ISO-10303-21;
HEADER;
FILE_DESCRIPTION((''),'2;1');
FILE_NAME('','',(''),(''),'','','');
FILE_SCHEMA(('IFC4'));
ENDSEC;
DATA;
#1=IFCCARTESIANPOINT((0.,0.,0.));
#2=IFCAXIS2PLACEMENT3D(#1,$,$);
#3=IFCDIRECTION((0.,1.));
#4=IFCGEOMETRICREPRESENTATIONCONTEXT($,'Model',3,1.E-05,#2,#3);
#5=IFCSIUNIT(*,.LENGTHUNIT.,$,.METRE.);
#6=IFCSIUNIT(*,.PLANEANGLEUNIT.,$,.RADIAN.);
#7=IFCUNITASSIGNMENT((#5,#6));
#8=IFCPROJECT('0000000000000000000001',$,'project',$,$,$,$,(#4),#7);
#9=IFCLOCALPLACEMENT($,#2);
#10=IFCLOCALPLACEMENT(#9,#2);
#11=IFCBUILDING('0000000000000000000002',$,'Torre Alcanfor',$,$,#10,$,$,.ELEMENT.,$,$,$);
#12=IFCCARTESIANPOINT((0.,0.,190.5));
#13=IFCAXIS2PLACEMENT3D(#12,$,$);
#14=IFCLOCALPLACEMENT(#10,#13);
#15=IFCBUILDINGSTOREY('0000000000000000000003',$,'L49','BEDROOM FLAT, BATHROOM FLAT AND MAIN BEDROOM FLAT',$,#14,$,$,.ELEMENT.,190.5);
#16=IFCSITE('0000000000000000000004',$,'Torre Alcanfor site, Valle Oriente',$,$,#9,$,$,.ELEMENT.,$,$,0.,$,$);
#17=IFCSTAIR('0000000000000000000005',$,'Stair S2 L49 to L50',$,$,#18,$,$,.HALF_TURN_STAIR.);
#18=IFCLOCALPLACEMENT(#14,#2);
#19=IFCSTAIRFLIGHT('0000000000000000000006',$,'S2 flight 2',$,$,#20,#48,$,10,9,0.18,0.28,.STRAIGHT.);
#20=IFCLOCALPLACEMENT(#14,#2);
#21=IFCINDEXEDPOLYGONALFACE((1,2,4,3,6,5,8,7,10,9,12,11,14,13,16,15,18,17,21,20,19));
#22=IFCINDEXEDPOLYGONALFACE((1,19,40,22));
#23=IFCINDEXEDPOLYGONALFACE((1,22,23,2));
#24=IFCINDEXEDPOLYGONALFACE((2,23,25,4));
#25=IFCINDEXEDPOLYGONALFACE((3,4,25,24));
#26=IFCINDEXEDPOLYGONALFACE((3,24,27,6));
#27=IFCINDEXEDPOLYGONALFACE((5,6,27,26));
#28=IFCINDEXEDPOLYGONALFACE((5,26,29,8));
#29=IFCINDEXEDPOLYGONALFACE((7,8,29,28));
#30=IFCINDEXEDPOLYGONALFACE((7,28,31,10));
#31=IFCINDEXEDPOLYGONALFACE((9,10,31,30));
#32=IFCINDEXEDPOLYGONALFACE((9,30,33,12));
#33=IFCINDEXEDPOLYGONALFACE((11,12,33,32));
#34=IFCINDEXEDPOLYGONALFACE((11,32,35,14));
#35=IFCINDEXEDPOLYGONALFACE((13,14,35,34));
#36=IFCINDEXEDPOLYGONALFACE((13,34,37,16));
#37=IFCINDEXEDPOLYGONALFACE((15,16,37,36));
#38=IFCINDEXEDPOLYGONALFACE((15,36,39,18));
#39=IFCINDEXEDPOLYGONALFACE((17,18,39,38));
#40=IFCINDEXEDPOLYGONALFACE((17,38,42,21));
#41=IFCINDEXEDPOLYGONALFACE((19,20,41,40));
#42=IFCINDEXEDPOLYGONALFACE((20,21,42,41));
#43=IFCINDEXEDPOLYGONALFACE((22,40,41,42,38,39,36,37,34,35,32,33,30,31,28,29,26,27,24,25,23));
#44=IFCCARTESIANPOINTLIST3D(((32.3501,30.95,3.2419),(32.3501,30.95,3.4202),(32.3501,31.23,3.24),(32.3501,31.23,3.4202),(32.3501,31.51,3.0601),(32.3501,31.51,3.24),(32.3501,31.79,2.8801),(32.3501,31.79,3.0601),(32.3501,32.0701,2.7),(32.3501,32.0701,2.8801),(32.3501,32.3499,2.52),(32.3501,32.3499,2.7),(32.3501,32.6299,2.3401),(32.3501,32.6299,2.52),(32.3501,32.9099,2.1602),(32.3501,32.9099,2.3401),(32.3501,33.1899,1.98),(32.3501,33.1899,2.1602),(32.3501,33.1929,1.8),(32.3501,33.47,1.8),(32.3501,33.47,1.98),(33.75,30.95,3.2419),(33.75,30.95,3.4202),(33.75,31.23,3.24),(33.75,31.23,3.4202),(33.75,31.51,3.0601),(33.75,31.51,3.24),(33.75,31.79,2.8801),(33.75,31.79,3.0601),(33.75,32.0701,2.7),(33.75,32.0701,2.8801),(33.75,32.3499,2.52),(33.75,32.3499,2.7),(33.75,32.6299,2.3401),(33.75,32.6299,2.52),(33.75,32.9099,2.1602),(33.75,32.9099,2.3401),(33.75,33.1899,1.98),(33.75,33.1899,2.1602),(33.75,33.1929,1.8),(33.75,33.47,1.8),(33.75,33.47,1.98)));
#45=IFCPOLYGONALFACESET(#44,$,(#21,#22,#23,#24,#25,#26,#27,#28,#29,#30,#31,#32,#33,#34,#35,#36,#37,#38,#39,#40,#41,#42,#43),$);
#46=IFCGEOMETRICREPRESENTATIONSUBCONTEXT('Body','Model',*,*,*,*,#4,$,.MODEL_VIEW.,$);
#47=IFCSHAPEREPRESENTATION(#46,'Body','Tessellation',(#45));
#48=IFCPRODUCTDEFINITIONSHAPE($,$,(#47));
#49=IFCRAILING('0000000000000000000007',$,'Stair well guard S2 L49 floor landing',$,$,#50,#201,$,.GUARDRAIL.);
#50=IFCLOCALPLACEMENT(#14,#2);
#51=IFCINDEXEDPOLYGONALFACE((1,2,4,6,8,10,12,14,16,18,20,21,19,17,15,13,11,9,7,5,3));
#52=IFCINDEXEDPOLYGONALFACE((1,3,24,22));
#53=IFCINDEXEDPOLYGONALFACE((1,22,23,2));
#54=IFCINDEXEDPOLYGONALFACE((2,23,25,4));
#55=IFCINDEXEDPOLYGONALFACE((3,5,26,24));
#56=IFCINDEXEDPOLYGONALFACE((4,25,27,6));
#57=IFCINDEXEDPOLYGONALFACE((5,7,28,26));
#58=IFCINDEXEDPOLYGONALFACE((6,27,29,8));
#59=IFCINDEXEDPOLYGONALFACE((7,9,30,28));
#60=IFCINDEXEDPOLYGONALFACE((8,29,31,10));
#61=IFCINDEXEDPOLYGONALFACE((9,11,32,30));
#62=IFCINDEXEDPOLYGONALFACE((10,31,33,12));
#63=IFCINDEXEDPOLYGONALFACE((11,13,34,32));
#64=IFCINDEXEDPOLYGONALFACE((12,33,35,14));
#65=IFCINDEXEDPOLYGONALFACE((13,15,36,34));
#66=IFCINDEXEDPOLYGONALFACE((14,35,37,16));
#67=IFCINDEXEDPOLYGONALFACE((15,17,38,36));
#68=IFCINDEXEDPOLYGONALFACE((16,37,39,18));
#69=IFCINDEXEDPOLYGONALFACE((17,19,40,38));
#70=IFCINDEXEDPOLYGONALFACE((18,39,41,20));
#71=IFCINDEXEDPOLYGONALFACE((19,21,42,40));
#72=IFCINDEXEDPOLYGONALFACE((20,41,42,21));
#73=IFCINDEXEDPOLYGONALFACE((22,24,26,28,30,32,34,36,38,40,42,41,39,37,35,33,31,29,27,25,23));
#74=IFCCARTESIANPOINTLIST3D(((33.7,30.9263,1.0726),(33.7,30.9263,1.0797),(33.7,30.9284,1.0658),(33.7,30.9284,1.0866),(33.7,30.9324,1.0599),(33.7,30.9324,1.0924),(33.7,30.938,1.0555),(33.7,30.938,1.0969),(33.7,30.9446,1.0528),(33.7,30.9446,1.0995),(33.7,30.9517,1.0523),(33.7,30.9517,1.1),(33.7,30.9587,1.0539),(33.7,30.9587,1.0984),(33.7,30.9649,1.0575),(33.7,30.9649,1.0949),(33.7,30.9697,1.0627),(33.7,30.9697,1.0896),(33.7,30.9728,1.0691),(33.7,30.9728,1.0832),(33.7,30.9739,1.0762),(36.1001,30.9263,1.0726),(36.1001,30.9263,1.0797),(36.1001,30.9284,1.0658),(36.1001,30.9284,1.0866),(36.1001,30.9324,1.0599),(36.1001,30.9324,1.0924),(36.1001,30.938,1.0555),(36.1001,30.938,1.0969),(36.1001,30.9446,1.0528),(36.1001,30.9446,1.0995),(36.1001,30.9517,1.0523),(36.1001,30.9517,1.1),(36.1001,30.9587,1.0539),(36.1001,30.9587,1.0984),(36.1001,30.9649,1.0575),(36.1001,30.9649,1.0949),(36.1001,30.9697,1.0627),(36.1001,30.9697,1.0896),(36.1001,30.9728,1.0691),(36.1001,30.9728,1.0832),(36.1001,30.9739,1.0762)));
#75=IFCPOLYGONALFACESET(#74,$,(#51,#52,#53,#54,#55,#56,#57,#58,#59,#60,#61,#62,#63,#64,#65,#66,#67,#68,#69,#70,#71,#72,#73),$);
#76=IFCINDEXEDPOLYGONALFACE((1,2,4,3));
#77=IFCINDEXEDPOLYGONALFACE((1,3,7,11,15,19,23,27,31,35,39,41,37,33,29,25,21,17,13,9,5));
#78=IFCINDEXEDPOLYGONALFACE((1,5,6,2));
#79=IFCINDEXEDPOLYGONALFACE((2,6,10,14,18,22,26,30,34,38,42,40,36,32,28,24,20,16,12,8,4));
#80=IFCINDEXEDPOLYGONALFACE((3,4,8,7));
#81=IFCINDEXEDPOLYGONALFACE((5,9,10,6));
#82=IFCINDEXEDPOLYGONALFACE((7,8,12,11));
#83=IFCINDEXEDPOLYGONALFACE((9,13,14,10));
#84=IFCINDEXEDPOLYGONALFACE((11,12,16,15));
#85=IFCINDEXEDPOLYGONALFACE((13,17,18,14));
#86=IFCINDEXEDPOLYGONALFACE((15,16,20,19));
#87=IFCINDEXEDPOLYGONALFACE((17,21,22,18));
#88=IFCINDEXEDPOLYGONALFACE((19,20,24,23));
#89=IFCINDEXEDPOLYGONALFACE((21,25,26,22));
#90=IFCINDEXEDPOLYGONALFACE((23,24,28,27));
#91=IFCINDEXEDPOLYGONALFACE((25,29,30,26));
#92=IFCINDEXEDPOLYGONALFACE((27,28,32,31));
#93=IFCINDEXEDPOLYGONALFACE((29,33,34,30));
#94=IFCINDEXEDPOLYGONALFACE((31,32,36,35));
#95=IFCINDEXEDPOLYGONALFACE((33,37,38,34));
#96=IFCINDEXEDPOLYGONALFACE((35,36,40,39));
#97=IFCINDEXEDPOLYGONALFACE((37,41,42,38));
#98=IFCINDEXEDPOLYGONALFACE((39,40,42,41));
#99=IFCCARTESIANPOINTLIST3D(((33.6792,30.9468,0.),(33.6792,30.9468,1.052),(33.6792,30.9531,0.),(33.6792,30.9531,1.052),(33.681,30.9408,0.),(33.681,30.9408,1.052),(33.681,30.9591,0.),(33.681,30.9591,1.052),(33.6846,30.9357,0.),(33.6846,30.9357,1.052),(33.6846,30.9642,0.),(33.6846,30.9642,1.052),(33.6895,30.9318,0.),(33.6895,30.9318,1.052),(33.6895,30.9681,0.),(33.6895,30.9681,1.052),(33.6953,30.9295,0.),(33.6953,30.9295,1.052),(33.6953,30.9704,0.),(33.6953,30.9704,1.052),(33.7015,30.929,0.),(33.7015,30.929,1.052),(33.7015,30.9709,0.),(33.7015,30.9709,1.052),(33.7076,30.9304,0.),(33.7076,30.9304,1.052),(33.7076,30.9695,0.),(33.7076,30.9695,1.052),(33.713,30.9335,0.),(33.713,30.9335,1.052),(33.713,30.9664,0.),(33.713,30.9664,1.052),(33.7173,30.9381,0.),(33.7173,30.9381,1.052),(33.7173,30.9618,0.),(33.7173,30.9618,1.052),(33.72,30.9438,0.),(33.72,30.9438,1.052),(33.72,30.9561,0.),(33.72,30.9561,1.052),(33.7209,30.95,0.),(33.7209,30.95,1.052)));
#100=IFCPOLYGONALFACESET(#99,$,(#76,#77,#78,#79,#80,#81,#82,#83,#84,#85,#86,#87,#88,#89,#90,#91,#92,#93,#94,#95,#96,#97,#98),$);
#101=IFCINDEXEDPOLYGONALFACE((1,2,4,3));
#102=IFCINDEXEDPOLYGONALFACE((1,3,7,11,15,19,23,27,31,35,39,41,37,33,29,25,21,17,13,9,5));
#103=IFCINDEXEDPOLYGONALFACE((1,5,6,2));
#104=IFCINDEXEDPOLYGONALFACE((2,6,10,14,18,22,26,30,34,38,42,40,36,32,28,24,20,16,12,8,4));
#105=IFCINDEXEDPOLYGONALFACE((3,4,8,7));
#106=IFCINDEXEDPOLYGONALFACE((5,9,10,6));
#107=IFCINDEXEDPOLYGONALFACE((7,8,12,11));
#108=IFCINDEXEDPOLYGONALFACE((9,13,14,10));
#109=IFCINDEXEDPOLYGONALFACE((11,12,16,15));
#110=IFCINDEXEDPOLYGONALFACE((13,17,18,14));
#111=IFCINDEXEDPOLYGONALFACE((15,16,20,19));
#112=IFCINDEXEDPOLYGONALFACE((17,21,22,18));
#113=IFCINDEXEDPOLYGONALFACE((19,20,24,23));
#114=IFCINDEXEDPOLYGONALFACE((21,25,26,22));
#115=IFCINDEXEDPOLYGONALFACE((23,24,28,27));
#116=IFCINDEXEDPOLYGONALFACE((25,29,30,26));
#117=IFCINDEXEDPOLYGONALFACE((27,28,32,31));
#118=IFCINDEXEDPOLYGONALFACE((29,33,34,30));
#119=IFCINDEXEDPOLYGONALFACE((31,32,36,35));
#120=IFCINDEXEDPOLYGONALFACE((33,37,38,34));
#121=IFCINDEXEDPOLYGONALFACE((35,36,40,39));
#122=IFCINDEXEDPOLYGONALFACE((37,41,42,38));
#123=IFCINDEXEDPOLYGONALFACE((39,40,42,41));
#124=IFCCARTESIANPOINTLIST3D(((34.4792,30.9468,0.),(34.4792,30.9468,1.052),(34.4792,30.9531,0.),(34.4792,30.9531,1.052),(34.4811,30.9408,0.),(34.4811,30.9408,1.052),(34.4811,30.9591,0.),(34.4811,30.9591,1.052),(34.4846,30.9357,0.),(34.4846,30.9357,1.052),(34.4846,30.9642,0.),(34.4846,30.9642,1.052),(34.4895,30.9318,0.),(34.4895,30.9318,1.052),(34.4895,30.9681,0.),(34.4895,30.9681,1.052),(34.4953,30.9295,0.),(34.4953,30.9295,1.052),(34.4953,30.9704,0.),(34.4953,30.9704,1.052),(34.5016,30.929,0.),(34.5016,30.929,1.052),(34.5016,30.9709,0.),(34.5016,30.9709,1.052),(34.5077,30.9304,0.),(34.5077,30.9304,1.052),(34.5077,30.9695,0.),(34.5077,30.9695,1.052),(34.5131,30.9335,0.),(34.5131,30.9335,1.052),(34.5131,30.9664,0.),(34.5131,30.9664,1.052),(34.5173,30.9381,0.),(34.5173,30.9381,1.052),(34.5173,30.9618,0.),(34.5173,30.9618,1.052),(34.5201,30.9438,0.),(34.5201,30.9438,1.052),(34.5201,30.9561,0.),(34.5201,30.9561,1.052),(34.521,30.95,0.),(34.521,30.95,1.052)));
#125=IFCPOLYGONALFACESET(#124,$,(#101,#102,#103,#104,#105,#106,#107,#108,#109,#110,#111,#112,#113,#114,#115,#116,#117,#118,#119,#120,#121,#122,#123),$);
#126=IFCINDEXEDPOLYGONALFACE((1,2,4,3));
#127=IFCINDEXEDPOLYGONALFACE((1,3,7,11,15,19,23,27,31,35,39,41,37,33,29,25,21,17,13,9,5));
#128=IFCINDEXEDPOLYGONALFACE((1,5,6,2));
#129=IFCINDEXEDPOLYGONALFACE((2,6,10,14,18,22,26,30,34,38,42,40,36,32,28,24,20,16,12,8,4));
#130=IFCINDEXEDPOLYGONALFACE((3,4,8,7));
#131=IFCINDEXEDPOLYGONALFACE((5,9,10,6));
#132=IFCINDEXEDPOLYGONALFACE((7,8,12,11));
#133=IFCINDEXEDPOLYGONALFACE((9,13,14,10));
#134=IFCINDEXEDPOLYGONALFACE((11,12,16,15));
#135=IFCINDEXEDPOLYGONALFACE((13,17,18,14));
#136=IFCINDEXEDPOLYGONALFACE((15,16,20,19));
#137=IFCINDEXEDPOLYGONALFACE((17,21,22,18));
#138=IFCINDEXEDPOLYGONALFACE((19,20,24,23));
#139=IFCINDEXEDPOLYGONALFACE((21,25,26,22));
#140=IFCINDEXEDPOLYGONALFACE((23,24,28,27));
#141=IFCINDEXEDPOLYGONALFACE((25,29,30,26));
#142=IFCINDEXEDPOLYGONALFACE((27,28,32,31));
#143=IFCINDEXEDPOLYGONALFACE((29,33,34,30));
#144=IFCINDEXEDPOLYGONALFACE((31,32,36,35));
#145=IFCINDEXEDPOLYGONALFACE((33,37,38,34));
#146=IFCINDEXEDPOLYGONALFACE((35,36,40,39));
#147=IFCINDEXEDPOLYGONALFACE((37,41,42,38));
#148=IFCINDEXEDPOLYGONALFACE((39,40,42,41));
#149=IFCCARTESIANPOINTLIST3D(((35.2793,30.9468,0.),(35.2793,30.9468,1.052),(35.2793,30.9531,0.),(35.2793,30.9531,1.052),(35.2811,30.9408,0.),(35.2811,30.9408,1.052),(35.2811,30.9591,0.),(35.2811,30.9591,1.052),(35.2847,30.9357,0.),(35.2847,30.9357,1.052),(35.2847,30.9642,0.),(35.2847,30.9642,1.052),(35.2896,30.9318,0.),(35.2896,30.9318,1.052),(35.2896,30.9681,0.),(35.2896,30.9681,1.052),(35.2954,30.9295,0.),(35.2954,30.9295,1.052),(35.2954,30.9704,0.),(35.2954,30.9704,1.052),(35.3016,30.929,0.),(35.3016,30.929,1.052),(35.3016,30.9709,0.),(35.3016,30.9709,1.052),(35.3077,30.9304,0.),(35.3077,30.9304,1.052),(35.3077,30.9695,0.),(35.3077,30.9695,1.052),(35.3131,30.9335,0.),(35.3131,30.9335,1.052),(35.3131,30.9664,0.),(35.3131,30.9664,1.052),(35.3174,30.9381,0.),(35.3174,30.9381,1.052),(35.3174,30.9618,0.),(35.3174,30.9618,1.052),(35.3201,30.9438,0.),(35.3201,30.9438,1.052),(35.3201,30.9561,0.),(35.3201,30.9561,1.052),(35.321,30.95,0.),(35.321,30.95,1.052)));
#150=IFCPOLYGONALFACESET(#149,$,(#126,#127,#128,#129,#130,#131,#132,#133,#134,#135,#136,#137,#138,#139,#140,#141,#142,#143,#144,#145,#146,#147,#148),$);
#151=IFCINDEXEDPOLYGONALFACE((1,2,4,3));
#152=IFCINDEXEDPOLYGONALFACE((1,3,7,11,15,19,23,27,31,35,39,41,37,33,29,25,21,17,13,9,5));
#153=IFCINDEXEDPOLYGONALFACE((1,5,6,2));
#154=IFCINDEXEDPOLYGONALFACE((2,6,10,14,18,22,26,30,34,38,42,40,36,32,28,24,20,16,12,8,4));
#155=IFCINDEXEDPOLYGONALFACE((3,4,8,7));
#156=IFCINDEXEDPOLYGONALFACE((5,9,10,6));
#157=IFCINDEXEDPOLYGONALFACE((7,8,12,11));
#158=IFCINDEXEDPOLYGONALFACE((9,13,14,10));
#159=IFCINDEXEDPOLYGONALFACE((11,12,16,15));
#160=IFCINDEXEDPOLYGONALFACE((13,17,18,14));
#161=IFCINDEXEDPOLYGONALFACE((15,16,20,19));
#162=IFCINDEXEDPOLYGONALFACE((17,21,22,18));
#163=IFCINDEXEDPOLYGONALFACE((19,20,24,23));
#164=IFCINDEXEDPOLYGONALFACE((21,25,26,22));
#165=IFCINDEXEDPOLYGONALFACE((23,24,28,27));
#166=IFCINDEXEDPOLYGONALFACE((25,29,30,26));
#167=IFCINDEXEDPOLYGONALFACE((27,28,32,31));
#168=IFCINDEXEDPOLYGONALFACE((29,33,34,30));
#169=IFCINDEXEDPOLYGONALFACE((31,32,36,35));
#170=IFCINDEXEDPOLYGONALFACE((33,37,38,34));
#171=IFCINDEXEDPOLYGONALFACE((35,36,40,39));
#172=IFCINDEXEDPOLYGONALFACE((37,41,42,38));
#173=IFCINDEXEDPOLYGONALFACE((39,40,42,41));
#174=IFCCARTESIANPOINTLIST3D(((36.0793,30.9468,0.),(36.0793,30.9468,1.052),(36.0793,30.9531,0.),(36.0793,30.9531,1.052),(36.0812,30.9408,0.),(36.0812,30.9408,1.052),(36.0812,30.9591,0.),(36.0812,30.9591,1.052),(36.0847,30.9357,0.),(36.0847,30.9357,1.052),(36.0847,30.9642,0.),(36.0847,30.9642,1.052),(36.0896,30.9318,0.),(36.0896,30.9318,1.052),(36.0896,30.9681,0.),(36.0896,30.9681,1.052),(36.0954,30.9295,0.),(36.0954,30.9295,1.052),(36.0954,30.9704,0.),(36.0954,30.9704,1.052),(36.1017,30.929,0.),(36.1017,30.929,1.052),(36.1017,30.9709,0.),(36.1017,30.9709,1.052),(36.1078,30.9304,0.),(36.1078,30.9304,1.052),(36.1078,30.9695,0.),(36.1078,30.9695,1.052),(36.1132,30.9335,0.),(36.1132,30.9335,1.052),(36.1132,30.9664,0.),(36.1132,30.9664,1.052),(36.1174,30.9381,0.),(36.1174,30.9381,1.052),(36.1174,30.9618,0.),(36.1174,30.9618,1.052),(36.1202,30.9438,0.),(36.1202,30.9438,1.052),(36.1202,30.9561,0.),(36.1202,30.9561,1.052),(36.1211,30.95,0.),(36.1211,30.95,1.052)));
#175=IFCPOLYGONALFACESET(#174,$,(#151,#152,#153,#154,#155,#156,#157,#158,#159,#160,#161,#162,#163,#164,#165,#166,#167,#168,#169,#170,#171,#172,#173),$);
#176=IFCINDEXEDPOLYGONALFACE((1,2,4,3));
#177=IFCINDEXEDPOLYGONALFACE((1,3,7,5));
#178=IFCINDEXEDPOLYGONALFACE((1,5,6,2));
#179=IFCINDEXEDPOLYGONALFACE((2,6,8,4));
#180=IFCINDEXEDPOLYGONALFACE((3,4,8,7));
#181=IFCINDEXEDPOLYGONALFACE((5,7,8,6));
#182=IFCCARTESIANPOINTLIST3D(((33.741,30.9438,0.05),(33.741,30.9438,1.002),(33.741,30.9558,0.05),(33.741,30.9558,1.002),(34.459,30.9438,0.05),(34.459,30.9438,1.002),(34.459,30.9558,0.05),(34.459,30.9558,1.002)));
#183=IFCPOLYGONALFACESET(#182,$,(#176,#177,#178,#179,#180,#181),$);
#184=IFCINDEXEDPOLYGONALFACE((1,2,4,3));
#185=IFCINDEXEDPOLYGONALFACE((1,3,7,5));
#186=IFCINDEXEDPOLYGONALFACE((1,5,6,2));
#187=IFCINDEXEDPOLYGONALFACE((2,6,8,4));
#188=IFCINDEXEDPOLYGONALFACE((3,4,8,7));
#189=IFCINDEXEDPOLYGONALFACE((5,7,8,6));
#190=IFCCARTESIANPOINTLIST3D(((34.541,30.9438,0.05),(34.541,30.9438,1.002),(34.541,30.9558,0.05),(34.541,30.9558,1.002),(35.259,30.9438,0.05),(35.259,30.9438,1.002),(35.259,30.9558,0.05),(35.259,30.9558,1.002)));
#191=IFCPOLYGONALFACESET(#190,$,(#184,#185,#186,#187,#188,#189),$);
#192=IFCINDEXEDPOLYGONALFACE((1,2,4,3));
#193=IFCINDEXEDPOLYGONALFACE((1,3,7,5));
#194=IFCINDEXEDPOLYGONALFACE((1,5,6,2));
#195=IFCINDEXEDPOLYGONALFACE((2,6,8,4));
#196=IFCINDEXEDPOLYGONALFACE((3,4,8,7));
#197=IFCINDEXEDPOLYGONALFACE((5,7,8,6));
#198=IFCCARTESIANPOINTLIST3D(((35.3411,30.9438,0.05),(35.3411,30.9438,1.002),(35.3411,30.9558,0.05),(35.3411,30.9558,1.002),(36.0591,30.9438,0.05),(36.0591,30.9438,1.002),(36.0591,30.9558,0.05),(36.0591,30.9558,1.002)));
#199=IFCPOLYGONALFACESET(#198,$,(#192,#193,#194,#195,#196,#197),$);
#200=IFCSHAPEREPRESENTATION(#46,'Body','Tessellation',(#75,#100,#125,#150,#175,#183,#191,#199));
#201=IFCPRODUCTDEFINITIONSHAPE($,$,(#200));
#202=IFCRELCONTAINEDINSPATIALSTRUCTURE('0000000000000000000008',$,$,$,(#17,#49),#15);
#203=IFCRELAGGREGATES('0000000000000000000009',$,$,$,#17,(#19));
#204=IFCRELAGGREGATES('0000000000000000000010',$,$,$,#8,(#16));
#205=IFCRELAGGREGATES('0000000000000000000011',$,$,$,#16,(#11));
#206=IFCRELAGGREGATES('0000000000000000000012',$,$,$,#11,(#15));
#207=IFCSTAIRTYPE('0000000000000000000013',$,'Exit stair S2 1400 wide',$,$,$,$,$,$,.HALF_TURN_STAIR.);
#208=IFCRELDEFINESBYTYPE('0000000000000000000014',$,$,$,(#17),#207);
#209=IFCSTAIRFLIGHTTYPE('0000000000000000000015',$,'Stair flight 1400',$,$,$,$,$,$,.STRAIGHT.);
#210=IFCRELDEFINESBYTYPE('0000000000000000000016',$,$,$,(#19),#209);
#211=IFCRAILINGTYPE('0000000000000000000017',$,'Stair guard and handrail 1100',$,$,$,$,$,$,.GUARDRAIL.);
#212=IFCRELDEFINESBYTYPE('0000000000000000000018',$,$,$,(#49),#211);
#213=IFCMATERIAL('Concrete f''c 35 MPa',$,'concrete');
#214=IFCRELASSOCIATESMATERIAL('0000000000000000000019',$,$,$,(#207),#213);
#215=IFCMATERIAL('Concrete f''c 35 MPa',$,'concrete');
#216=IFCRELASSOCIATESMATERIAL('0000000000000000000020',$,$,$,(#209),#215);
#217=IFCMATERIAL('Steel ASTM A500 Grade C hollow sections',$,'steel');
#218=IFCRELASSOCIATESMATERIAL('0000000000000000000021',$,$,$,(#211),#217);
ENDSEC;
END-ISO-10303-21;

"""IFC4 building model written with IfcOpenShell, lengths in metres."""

from ifc_helpers import new_model, si_unit, direction, frame, origin, origin_2d, place, context, subcontext, project, spatial, polyline, circle, outline, extrude, material, type_object, element, aggregate, save


model = new_model("IFC4")

# Units and contexts
model_context = context("Model", 3, precision=1e-05, world=origin(), true_north=direction((0.0, 1.0)))
body_context = subcontext(model_context, "Body", "Model", "MODEL_VIEW")
ifc_project = project(units=[si_unit("LENGTHUNIT", "METRE"), si_unit("PLANEANGLEUNIT", "RADIAN")], contexts=[model_context])

# Site, building, storey
site_placement = place(None, origin())
site = spatial("IfcSite", under=ifc_project, at=site_placement, Name="Torre Alcanfor site, Valle Oriente", CompositionType="ELEMENT", RefElevation=0.0)
building_placement = place(site_placement, origin())
building = spatial("IfcBuilding", under=site, at=building_placement, Name="Torre Alcanfor", CompositionType="ELEMENT")
storey_placement = place(building_placement, frame((0.0, 0.0, 190.5)))
storey = spatial("IfcBuildingStorey", under=building, at=storey_placement, Name="L49", Description="BEDROOM FLAT, BATHROOM FLAT AND MAIN BEDROOM FLAT", CompositionType="ELEMENT", Elevation=190.5)

# Stair, stair flight
ifc_material_1 = material(Name="Concrete f'c 35 MPa", Category="concrete")
stair_type = type_object("IfcStairType", Name="Exit stair S2 1400 wide", PredefinedType="HALF_TURN_STAIR", material=ifc_material_1)
stair_placement = place(storey_placement, origin())
stair = element("IfcStair", 1, at=stair_placement, inside=storey, type_object=stair_type, Name="Stair S2 L49 to L50", PredefinedType="HALF_TURN_STAIR")
ifc_material_2 = material(Name="Concrete f'c 35 MPa", Category="concrete")
stair_flight_type = type_object("IfcStairFlightType", Name="Stair flight 1400", PredefinedType="STRAIGHT", material=ifc_material_2)
stair_flight_1_placement = place(storey_placement, frame((33.05, 33.47, 1.8), z_axis=(0.0, 0.0, 1.0), x_axis=(0.0, -1.0, 0.0)))
stair_flight_1 = element("IfcStairFlight", 2, at=stair_flight_1_placement, type_object=stair_flight_type, Name="S2 flight 2", NumberOfRisers=10, NumberOfTreads=9, PredefinedType="STRAIGHT", RiserHeight=0.18, TreadLength=0.28, context=body_context, shape_type="SweptSolid", body=[
    extrude(outline(polyline([(0.0, 0.0), (0.0, 0.1799), (0.28, 0.1799), (0.28, 0.3601), (0.5601, 0.3601), (0.5601, 0.54), (0.8401, 0.54), (0.8401, 0.72), (1.1201, 0.72), (1.1201, 0.8999), (1.3999, 0.8999), (1.3999, 1.0801), (1.6799, 1.0801), (1.6799, 1.26), (1.96, 1.26), (1.96, 1.4399), (2.24, 1.4399), (2.24, 1.6201), (2.52, 1.6201), (2.52, 1.8), (2.52, 1.4419), (0.2771, 0.0), (0.0, 0.0)])), frame((0.0, 0.7, 0.0), z_axis=(0.0, -1.0, 0.0), x_axis=(1.0, 0.0, 0.0)), (0.0, 0.0, 1.0), 1.3999),
])
aggregate(stair, [stair_flight_1])

# Railing
ifc_material_3 = material(Name="Steel ASTM A500 Grade C hollow sections", Category="steel")
railing_type_1 = type_object("IfcRailingType", Name="Stair guard and handrail 1100", PredefinedType="GUARDRAIL", material=ifc_material_3)
for number, where, name in (
    (3, (33.7, 30.95, 0.0), "Stair well guard S2 L49 floor landing"),
):
    element("IfcRailing", number, at=place(storey_placement, frame(where)), inside=storey, type_object=railing_type_1, Name=name, PredefinedType="GUARDRAIL", context=body_context, shape_type="SweptSolid", body=[
        extrude(circle(Radius=0.0239, at=origin_2d()), frame((0.0, 0.0, 1.0762), z_axis=(1.0, 0.0, 0.0), x_axis=(0.0, 1.0, 0.0)), (0.0, 0.0, 1.0), 2.4001),
        extrude(circle(Radius=0.021, at=origin_2d()), origin(), (0.0, 0.0, 1.0), 1.052),
        extrude(circle(Radius=0.021, at=origin_2d()), frame((0.8, 0.0, 0.0)), (0.0, 0.0, 1.0), 1.052),
        extrude(circle(Radius=0.021, at=origin_2d()), frame((1.6001, 0.0, 0.0)), (0.0, 0.0, 1.0), 1.052),
        extrude(circle(Radius=0.021, at=origin_2d()), frame((2.4001, 0.0, 0.0)), (0.0, 0.0, 1.0), 1.052),
        extrude(outline(polyline([(0.041, 0.05), (0.759, 0.05), (0.759, 1.002), (0.041, 1.002), (0.041, 0.05)])), frame((0.0, 0.0059, 0.0), z_axis=(0.0, -1.0, 0.0), x_axis=(1.0, 0.0, 0.0)), (0.0, 0.0, 1.0), 0.012),
        extrude(outline(polyline([(0.8411, 0.05), (1.5591, 0.05), (1.5591, 1.002), (0.8411, 1.002), (0.8411, 0.05)])), frame((0.0, 0.0059, 0.0), z_axis=(0.0, -1.0, 0.0), x_axis=(1.0, 0.0, 0.0)), (0.0, 0.0, 1.0), 0.012),
        extrude(outline(polyline([(1.6411, 0.05), (2.3591, 0.05), (2.3591, 1.002), (1.6411, 1.002), (1.6411, 0.05)])), frame((0.0, 0.0059, 0.0), z_axis=(0.0, -1.0, 0.0), x_axis=(1.0, 0.0, 0.0)), (0.0, 0.0, 1.0), 0.012),
    ])

save(model, "model.ifc")
